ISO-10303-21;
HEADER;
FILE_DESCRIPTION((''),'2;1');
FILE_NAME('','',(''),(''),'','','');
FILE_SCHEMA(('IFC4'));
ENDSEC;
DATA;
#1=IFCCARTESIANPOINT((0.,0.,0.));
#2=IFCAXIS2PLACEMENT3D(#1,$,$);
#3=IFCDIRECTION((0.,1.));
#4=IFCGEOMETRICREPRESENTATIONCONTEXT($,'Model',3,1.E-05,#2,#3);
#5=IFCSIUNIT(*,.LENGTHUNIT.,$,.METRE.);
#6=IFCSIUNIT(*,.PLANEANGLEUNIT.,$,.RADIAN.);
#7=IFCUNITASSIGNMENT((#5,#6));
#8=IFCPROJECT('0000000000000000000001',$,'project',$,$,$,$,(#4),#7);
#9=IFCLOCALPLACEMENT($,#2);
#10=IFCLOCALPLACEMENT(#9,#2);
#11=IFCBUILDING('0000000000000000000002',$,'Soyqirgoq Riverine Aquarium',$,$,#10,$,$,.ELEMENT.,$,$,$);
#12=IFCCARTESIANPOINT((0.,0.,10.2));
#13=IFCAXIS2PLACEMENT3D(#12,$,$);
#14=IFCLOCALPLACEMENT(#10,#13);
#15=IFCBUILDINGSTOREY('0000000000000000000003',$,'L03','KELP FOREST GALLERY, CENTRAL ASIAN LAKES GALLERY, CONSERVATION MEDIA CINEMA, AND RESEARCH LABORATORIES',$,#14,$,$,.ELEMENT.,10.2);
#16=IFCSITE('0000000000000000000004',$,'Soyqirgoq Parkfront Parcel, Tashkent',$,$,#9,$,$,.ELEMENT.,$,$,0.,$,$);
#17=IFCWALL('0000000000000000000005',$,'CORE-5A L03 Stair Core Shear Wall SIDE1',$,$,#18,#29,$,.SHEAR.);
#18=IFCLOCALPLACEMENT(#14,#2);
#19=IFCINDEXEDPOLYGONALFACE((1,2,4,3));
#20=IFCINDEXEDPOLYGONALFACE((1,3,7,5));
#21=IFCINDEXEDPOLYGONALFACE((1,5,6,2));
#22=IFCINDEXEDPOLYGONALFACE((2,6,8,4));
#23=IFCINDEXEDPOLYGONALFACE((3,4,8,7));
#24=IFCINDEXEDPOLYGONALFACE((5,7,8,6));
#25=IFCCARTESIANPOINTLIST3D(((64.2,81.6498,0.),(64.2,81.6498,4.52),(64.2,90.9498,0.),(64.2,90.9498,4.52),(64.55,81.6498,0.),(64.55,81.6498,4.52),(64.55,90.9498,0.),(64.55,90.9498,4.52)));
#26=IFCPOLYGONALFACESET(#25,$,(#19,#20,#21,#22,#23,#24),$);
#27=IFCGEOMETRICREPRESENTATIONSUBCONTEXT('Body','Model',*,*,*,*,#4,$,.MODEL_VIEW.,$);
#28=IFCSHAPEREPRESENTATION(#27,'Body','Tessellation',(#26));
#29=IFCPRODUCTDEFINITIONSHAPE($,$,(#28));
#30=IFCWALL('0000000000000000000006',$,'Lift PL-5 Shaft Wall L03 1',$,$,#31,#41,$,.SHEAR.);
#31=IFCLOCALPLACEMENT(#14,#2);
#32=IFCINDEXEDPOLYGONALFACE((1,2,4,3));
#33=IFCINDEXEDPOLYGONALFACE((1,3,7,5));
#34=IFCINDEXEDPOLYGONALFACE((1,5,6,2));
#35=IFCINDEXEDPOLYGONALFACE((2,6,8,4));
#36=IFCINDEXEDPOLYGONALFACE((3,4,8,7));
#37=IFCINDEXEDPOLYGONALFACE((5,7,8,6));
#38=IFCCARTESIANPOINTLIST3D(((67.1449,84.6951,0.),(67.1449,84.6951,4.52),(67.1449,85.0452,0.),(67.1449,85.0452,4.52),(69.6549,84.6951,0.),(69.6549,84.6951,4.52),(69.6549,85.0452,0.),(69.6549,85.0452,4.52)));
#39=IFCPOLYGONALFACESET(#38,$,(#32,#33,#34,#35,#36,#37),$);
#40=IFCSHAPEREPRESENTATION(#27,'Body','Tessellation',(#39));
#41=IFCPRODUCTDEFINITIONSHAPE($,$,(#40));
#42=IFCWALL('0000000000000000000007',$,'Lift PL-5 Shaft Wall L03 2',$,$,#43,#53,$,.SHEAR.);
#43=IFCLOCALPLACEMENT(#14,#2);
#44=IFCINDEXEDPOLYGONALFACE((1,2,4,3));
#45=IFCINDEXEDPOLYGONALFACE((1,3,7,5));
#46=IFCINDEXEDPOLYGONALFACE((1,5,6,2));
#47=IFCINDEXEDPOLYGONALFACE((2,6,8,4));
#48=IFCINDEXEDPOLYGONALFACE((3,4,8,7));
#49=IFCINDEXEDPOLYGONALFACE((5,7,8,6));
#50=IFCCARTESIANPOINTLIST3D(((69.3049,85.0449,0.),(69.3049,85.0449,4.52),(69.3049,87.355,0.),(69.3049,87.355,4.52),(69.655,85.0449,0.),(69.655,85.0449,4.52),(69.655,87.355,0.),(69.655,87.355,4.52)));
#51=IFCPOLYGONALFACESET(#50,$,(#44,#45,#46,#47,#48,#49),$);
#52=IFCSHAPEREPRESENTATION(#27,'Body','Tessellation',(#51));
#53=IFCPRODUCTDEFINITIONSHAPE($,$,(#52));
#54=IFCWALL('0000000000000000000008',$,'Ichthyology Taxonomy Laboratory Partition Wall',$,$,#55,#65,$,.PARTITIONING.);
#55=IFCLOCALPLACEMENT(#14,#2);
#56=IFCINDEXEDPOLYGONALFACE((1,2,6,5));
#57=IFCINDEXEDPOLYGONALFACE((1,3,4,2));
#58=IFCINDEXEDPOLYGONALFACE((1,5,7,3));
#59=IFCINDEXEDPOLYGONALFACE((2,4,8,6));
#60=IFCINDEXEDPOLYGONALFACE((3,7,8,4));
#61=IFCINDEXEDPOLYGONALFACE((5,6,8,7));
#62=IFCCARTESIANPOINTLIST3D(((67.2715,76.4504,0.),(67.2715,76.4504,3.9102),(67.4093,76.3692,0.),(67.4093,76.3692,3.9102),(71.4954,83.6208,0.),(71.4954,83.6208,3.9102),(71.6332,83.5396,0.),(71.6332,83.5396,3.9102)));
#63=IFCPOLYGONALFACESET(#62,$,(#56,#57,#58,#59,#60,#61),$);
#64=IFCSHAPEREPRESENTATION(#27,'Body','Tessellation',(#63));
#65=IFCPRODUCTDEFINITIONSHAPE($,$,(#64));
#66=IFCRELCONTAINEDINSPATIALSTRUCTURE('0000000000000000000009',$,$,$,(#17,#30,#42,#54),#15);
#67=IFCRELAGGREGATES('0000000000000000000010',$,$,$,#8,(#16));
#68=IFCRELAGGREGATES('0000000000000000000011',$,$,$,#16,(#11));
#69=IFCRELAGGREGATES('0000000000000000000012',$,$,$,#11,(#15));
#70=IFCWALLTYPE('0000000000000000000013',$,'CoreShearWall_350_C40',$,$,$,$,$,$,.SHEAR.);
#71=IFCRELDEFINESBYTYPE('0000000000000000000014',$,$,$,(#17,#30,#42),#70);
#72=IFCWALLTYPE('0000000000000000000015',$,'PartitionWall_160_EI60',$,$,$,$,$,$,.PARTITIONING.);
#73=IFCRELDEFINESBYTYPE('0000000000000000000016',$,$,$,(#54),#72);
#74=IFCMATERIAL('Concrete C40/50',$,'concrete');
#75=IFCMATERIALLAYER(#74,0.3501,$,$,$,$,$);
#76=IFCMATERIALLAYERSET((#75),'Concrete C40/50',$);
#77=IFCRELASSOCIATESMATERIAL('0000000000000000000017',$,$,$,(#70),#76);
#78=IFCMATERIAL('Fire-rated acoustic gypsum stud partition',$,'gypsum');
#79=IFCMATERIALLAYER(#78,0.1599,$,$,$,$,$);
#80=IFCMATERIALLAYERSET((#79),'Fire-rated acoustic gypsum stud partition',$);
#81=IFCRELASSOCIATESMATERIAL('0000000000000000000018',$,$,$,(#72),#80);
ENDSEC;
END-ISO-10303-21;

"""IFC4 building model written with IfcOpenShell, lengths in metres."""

from ifc_helpers import new_model, si_unit, direction, frame, frame_2d, origin, place, context, subcontext, project, spatial, rectangle, extrude, material, layer, layer_set, type_object, element, save


model = new_model("IFC4")

# Units and contexts
model_context = context("Model", 3, precision=1e-05, world=origin(), true_north=direction((0.0, 1.0)))
body_context = subcontext(model_context, "Body", "Model", "MODEL_VIEW")
ifc_project = project(units=[si_unit("LENGTHUNIT", "METRE"), si_unit("PLANEANGLEUNIT", "RADIAN")], contexts=[model_context])

# Site, building, storey
site_placement = place(None, origin())
site = spatial("IfcSite", under=ifc_project, at=site_placement, Name="Soyqirgoq Parkfront Parcel, Tashkent", CompositionType="ELEMENT", RefElevation=0.0)
building_placement = place(site_placement, origin())
building = spatial("IfcBuilding", under=site, at=building_placement, Name="Soyqirgoq Riverine Aquarium", CompositionType="ELEMENT")
storey_placement = place(building_placement, frame((0.0, 0.0, 10.2)))
storey = spatial("IfcBuildingStorey", under=building, at=storey_placement, Name="L03", Description="KELP FOREST GALLERY, CENTRAL ASIAN LAKES GALLERY, CONSERVATION MEDIA CINEMA, AND RESEARCH LABORATORIES", CompositionType="ELEMENT", Elevation=10.2)

# Walls
ifc_material_1 = material(Name="Concrete C40/50", Category="concrete")
ifc_layer_1 = layer(ifc_material_1, 0.3501)
ifc_layer_set_1 = layer_set([ifc_layer_1], Name="Concrete C40/50")
wall_type_1 = type_object("IfcWallType", Name="CoreShearWall_350_C40", PredefinedType="SHEAR", material=ifc_layer_set_1)
wall_1_placement = place(storey_placement, frame((64.375, 81.6499, 0.0), z_axis=(0.0, 0.0, 1.0), x_axis=(0.0, 1.0, 0.0)))
element("IfcWall", 1, at=wall_1_placement, inside=storey, type_object=wall_type_1, Name="CORE-5A L03 Stair Core Shear Wall SIDE1", PredefinedType="SHEAR", context=body_context, shape_type="SweptSolid", body=[
    extrude(rectangle(XDim=9.3, YDim=0.3501, at=frame_2d((4.6499, 0.0))), origin(), (0.0, 0.0, 1.0), 4.52),
])
wall_2_placement = place(storey_placement, frame((67.145, 84.8701, 0.0), z_axis=(0.0, 0.0, 1.0), x_axis=(1.0, 0.0, 0.0)))
element("IfcWall", 2, at=wall_2_placement, inside=storey, type_object=wall_type_1, Name="Lift PL-5 Shaft Wall L03 1", PredefinedType="SHEAR", context=body_context, shape_type="SweptSolid", body=[
    extrude(rectangle(XDim=2.51, YDim=0.3501, at=frame_2d((1.2549, 0.0))), origin(), (0.0, 0.0, 1.0), 4.52),
])
wall_3_placement = place(storey_placement, frame((69.48, 85.0449, 0.0), z_axis=(0.0, 0.0, 1.0), x_axis=(0.0, 1.0, 0.0)))
element("IfcWall", 3, at=wall_3_placement, inside=storey, type_object=wall_type_1, Name="Lift PL-5 Shaft Wall L03 2", PredefinedType="SHEAR", context=body_context, shape_type="SweptSolid", body=[
    extrude(rectangle(XDim=2.3101, YDim=0.3501, at=frame_2d((1.155, 0.0))), origin(), (0.0, 0.0, 1.0), 4.52),
])
ifc_material_2 = material(Name="Fire-rated acoustic gypsum stud partition", Category="gypsum")
ifc_layer_2 = layer(ifc_material_2, 0.1599)
ifc_layer_set_2 = layer_set([ifc_layer_2], Name="Fire-rated acoustic gypsum stud partition")
wall_type_2 = type_object("IfcWallType", Name="PartitionWall_160_EI60", PredefinedType="PARTITIONING", material=ifc_layer_set_2)
wall_4_placement = place(storey_placement, frame((67.3403, 76.4097, 0.0), z_axis=(0.0, 0.0, 1.0), x_axis=(0.507555, 0.86162, 0.0)))
element("IfcWall", 4, at=wall_4_placement, inside=storey, type_object=wall_type_2, Name="Ichthyology Taxonomy Laboratory Partition Wall", PredefinedType="PARTITIONING", context=body_context, shape_type="SweptSolid", body=[
    extrude(rectangle(XDim=8.322, YDim=0.1599, at=frame_2d((4.1611, 0.0))), origin(), (0.0, 0.0, 1.0), 3.9102),
])

save(model, "model.ifc")
